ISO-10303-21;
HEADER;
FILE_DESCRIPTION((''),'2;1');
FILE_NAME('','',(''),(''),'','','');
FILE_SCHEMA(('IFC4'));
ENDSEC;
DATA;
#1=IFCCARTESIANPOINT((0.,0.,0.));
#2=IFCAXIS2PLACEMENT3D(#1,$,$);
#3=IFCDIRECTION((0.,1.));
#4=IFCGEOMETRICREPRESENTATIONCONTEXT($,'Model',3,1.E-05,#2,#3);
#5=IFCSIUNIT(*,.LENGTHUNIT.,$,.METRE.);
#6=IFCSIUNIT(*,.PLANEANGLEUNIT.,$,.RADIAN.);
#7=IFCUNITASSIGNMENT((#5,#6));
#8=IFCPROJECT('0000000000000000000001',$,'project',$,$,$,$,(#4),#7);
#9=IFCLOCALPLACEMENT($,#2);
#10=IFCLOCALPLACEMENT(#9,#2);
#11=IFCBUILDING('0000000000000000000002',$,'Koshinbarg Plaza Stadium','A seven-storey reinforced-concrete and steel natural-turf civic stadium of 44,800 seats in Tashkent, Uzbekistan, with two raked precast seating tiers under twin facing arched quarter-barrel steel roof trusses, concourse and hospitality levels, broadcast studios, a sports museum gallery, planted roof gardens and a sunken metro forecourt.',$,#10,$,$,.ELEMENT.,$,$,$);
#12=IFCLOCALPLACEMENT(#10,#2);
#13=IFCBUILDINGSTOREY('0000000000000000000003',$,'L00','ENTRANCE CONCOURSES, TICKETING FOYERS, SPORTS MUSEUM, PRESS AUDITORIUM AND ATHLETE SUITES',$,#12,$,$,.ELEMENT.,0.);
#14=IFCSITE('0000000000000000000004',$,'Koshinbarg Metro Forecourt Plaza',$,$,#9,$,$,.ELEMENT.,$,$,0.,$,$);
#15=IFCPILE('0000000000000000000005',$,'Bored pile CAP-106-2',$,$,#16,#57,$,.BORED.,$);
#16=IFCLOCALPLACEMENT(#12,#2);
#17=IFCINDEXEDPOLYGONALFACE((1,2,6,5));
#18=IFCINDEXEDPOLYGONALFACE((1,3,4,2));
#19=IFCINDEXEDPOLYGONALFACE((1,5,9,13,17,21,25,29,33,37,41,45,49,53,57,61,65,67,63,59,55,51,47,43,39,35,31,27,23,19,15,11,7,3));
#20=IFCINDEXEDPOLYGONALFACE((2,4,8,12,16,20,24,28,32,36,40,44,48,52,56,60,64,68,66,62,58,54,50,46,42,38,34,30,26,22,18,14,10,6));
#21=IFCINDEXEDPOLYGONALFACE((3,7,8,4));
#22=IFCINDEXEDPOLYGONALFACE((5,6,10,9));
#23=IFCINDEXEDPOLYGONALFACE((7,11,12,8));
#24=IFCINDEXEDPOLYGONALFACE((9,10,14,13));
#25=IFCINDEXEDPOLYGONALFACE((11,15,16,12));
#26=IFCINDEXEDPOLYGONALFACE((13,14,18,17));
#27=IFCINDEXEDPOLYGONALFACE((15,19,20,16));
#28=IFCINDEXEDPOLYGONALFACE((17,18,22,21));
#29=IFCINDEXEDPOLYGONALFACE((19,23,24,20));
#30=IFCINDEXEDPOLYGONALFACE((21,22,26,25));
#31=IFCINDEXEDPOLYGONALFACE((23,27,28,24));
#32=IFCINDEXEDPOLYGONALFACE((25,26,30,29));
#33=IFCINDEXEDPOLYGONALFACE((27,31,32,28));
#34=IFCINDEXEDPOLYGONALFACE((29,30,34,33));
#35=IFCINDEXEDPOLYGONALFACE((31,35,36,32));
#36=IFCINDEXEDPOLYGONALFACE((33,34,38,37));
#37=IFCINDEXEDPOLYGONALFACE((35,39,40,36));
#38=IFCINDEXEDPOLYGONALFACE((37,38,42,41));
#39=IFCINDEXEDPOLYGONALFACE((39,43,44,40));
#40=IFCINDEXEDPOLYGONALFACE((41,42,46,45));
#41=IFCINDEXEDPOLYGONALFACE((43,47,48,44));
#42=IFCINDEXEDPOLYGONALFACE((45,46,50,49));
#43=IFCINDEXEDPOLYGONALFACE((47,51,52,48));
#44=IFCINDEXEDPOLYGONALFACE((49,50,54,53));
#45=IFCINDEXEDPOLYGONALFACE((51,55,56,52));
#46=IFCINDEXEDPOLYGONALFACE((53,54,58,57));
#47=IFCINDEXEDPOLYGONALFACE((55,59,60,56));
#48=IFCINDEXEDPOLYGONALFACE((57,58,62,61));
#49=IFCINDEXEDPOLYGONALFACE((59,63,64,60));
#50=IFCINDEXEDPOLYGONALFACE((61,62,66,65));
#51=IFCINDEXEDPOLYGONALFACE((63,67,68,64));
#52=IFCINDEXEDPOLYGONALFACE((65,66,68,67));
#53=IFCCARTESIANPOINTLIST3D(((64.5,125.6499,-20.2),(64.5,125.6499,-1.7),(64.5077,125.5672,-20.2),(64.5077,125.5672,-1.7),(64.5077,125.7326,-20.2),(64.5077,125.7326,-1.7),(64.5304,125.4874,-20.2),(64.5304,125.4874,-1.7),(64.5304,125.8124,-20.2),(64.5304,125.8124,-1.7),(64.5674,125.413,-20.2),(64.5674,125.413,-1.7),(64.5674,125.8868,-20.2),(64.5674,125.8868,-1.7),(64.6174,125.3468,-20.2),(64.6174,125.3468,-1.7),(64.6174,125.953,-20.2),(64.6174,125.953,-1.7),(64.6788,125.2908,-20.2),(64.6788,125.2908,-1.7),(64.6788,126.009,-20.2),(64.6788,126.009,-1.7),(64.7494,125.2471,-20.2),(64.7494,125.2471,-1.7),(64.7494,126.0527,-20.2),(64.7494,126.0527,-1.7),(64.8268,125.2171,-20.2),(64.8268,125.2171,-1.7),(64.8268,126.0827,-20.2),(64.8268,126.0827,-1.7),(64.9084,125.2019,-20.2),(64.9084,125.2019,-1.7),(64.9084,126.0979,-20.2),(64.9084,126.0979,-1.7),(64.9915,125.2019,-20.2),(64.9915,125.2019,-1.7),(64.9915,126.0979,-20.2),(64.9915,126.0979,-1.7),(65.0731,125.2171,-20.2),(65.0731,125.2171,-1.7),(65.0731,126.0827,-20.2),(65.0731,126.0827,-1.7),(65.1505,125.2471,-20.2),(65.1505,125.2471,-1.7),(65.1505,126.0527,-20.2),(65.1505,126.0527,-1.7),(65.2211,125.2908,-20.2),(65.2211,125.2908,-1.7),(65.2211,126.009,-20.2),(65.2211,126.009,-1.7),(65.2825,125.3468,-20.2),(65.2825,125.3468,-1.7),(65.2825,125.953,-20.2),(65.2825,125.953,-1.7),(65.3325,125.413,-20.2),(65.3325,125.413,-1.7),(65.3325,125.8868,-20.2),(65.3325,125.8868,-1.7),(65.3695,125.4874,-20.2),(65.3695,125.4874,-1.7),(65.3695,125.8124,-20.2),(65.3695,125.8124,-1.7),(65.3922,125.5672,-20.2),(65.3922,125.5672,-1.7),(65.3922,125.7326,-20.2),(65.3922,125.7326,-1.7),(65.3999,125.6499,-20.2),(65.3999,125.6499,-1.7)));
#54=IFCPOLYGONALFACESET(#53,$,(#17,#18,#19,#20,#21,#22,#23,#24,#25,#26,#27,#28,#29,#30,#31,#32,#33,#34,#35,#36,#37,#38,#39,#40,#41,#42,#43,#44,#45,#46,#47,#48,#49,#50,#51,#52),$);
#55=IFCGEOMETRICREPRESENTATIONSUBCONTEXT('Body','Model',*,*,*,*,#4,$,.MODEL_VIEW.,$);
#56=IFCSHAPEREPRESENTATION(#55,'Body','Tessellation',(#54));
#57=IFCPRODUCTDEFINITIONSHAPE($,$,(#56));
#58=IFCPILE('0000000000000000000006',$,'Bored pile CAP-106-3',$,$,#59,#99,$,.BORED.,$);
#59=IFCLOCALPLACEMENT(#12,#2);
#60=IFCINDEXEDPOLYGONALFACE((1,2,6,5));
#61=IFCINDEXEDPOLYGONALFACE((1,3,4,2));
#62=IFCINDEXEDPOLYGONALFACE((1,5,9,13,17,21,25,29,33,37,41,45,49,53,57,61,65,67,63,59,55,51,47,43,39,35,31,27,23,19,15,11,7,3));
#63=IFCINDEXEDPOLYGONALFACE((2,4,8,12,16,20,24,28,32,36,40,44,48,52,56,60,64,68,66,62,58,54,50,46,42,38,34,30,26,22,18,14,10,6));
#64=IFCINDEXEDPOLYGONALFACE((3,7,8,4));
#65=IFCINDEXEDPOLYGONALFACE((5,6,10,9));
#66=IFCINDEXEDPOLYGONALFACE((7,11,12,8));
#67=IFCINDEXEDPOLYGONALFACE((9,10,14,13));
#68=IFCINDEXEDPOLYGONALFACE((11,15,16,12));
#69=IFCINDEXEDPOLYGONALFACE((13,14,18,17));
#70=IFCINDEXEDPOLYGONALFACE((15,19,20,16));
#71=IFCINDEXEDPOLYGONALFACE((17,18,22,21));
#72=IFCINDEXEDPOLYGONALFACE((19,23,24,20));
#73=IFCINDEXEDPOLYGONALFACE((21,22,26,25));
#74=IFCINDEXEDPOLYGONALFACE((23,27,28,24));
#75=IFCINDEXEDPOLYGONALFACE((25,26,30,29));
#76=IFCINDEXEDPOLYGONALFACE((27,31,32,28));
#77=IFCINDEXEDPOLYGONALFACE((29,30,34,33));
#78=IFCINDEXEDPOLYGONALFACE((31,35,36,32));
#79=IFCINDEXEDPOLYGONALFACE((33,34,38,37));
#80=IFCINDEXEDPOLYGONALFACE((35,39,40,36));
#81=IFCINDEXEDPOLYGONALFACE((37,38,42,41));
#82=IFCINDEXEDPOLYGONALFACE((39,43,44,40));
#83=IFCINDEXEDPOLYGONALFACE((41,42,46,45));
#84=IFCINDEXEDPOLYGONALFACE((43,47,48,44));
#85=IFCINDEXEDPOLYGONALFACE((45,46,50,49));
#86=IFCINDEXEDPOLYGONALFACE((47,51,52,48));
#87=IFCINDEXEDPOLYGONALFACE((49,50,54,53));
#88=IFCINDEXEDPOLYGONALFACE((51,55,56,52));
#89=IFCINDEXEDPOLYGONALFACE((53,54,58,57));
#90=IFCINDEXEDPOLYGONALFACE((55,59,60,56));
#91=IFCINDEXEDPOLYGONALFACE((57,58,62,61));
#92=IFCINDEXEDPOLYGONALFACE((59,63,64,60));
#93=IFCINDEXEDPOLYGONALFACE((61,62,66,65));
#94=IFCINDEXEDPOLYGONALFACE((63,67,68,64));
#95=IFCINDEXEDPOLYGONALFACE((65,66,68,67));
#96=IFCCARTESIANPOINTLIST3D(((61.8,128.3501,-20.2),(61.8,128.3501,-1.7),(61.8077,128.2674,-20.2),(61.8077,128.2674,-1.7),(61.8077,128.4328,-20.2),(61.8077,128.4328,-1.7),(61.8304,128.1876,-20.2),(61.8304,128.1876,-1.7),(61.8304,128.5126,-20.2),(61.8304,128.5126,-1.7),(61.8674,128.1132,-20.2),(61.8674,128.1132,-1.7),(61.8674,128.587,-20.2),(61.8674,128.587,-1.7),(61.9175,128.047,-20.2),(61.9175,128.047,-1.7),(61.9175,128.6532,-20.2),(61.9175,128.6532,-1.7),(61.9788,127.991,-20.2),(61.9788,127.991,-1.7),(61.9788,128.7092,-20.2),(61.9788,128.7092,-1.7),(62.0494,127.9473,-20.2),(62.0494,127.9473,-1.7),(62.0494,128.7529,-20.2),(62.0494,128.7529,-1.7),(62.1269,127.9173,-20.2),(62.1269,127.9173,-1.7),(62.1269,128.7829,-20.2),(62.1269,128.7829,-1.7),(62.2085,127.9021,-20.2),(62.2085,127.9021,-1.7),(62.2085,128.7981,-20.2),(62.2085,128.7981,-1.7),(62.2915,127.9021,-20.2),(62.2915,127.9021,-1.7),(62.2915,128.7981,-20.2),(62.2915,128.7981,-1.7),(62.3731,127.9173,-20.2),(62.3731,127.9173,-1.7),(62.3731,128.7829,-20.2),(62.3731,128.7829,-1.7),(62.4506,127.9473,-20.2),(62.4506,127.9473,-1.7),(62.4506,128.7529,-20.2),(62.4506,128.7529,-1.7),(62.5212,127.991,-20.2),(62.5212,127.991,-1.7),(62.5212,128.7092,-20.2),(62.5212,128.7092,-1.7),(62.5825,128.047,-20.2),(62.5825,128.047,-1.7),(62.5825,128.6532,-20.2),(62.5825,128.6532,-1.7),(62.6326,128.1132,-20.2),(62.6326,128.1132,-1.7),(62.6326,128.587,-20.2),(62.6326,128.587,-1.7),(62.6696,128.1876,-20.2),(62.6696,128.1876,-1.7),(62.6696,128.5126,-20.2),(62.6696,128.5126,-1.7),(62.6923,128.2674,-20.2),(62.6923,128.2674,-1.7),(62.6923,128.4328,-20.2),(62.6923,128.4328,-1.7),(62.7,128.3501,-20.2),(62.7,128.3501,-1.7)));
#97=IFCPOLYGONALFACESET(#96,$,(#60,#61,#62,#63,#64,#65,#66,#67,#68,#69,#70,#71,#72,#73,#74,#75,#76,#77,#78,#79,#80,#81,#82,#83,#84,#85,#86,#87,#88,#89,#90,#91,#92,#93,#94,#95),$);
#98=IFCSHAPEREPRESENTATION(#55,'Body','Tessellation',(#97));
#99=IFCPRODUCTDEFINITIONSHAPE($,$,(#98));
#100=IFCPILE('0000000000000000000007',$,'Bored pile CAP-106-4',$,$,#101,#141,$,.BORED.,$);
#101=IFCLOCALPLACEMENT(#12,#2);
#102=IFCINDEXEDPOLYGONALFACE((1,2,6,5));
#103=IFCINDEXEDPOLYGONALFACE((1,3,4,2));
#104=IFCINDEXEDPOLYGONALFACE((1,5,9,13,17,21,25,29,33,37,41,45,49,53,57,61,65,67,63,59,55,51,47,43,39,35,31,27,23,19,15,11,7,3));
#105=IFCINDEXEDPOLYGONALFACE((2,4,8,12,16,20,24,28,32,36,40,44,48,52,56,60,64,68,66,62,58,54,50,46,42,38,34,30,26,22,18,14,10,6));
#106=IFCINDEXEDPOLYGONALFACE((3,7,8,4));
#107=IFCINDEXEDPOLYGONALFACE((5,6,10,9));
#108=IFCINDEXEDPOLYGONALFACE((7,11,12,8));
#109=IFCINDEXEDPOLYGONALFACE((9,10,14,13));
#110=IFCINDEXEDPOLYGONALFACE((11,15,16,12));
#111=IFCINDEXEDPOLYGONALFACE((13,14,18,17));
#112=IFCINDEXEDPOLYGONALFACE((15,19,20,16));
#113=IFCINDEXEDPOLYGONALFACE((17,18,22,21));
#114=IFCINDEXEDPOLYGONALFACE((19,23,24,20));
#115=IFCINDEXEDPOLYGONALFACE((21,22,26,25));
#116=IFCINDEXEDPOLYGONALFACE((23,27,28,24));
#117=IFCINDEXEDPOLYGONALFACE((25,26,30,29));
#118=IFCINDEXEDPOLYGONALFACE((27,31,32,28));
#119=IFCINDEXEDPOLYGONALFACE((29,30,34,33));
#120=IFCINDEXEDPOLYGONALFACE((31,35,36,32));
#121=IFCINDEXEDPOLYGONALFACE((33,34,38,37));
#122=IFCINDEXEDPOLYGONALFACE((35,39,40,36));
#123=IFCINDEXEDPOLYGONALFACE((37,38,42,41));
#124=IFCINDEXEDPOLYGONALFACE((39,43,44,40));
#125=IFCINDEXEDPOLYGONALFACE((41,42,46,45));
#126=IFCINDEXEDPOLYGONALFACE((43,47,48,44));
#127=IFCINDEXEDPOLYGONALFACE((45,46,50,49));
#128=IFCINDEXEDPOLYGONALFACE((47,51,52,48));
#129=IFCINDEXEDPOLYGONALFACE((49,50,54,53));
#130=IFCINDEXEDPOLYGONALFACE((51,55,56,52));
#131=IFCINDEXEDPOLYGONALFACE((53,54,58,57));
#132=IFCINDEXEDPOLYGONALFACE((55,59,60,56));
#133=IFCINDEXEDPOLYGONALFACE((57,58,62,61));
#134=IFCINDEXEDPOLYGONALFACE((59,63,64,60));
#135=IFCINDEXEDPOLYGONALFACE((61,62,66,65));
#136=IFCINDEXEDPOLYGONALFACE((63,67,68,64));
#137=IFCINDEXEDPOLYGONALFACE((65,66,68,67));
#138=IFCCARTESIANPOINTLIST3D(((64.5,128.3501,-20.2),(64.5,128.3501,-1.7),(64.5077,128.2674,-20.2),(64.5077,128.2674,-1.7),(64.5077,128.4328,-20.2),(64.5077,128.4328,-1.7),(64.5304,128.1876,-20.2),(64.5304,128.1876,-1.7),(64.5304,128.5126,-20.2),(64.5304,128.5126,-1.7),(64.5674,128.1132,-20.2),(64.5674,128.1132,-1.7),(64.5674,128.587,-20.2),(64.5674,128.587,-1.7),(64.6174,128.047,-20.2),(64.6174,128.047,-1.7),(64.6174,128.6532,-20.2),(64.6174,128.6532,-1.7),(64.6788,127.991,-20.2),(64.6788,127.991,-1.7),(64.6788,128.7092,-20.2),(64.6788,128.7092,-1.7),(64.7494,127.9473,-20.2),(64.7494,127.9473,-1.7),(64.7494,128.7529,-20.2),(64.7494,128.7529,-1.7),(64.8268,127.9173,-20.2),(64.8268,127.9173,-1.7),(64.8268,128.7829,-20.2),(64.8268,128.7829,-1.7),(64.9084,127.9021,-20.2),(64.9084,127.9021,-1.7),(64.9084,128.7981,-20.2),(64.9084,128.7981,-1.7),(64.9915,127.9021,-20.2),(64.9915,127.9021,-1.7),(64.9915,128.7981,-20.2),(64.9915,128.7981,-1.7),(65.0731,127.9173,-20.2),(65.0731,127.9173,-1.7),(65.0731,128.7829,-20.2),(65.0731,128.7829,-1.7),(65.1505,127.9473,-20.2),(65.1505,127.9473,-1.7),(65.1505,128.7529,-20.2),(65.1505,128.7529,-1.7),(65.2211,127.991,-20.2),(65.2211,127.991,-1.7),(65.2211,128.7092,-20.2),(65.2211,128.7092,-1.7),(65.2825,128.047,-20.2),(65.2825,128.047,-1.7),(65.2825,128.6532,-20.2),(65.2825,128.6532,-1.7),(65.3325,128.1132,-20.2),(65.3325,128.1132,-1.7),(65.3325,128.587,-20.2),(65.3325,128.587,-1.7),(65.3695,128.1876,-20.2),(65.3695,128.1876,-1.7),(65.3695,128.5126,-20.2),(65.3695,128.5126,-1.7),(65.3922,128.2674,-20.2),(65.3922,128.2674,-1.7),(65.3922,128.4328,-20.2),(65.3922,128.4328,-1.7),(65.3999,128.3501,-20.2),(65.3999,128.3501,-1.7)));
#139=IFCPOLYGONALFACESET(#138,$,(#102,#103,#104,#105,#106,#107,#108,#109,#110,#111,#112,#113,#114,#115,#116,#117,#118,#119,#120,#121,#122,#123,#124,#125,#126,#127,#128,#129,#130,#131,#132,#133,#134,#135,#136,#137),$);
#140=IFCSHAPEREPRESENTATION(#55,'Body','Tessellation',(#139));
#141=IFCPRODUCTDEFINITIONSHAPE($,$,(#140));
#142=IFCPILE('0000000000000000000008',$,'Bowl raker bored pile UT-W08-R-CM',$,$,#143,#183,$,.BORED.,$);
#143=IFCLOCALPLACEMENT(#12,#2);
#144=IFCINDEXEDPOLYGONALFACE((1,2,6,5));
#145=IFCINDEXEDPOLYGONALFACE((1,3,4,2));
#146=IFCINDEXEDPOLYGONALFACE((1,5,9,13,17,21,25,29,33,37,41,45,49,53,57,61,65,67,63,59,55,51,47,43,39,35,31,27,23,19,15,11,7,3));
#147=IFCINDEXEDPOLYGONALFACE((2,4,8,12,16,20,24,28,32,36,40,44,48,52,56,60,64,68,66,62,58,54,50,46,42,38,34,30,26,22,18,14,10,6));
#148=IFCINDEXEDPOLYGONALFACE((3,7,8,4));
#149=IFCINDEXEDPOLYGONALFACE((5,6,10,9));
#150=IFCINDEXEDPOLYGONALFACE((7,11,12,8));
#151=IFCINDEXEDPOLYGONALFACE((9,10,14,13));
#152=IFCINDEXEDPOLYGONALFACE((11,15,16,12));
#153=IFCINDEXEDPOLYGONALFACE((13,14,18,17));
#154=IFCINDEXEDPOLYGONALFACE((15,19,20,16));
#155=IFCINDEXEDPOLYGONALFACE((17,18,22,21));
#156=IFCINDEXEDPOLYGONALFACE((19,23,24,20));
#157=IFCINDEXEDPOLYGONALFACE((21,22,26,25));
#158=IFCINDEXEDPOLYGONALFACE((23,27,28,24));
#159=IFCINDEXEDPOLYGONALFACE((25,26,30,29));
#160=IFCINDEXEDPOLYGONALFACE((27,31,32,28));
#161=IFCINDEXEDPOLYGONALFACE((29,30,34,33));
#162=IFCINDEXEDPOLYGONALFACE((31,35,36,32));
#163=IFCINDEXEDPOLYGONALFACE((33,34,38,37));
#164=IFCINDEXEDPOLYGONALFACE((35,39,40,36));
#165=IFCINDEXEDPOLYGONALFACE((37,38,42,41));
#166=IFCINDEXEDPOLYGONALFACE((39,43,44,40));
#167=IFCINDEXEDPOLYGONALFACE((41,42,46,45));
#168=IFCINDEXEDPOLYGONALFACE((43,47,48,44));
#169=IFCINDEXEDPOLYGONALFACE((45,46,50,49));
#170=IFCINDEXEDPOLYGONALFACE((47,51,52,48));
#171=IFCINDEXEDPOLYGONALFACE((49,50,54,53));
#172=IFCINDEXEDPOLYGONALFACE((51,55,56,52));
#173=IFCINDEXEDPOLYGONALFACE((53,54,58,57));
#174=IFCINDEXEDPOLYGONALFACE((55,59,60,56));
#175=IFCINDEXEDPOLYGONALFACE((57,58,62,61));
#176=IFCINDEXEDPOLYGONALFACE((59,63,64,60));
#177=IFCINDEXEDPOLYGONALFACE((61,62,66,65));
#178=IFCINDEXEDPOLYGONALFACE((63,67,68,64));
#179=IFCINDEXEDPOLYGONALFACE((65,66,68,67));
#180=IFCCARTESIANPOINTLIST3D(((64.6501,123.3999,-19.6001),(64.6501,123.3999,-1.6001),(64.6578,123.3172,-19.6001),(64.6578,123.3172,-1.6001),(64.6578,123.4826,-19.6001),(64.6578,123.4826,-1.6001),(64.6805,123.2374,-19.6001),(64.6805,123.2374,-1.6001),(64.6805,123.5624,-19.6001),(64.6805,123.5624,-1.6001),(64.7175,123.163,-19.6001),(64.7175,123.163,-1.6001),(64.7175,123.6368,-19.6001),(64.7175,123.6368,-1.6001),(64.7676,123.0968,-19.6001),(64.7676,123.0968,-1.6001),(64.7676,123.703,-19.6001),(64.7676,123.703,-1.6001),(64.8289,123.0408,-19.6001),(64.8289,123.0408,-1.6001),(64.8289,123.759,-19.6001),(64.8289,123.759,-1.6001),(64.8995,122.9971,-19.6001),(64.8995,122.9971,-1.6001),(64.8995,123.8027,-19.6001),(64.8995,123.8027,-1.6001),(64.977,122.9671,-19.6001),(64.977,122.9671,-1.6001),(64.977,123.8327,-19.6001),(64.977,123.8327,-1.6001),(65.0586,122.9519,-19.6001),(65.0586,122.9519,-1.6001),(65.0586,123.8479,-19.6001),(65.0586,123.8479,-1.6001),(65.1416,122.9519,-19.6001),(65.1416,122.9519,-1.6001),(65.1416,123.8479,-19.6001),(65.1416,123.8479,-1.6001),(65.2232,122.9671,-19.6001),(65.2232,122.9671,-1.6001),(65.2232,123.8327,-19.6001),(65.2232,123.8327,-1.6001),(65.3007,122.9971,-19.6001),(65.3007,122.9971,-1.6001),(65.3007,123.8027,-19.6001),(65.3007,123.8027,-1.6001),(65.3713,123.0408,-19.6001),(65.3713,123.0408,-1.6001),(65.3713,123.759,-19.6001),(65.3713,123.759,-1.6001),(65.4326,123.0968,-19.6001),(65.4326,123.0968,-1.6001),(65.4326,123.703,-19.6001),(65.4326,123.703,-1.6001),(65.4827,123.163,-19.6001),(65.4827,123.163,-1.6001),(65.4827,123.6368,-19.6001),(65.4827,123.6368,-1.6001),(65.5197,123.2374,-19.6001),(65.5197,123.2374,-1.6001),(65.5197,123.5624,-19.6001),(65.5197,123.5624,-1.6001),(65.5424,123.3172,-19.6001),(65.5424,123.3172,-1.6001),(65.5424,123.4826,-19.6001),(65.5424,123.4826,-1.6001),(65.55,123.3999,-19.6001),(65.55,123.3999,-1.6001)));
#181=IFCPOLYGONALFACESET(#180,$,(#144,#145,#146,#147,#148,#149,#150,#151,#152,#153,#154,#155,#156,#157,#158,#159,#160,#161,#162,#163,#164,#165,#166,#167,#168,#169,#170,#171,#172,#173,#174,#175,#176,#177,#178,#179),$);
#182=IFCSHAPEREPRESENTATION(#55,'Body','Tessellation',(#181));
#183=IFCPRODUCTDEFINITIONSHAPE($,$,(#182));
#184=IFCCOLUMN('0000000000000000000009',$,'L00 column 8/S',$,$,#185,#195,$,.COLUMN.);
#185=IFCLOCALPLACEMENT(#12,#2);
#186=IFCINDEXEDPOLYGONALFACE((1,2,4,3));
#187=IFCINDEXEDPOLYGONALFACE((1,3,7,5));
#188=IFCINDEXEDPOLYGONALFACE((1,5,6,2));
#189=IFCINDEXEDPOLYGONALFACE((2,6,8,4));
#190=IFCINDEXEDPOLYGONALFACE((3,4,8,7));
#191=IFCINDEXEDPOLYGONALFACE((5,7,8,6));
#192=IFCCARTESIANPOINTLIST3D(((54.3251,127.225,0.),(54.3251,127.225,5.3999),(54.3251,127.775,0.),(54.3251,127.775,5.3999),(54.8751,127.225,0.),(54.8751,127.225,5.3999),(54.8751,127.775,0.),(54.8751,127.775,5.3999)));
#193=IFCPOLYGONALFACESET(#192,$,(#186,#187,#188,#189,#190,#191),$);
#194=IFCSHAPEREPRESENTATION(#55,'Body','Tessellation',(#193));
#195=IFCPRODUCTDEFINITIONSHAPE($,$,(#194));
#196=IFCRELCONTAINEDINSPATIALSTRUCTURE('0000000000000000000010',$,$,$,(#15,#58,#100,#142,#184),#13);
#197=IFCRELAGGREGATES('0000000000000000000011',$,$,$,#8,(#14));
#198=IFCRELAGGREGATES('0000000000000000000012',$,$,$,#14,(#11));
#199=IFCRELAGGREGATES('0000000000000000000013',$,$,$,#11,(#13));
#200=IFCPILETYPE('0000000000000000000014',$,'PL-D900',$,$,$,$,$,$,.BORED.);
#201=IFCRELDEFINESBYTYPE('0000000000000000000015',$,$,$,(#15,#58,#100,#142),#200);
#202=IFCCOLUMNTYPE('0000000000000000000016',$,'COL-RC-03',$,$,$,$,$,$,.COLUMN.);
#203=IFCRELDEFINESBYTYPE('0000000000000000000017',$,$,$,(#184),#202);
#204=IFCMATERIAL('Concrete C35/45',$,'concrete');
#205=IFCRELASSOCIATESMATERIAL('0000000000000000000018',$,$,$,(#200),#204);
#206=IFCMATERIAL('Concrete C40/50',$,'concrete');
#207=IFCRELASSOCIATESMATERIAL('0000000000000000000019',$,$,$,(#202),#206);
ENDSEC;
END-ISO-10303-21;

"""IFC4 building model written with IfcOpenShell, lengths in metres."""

from ifc_helpers import new_model, si_unit, direction, frame, origin, origin_2d, place, context, subcontext, project, spatial, rectangle, circle, extrude, material, material_profile, profile_set, type_object, element, save


model = new_model("IFC4")

# Units and contexts
model_context = context("Model", 3, precision=1e-05, world=origin(), true_north=direction((0.0, 1.0)))
body_context = subcontext(model_context, "Body", "Model", "MODEL_VIEW")
ifc_project = project(units=[si_unit("LENGTHUNIT", "METRE"), si_unit("PLANEANGLEUNIT", "RADIAN")], contexts=[model_context])

# Site, building, storey
site_placement = place(None, origin())
site = spatial("IfcSite", under=ifc_project, at=site_placement, Name="Koshinbarg Metro Forecourt Plaza", CompositionType="ELEMENT", RefElevation=0.0)
building_placement = place(site_placement, origin())
building = spatial("IfcBuilding", under=site, at=building_placement, Name="Koshinbarg Plaza Stadium", Description="A seven-storey reinforced-concrete and steel natural-turf civic stadium of 44,800 seats in Tashkent, Uzbekistan, with two raked precast seating tiers under twin facing arched quarter-barrel steel roof trusses, concourse and hospitality levels, broadcast studios, a sports museum gallery, planted roof gardens and a sunken metro forecourt.", CompositionType="ELEMENT")
storey_placement = place(building_placement, origin())
storey = spatial("IfcBuildingStorey", under=building, at=storey_placement, Name="L00", Description="ENTRANCE CONCOURSES, TICKETING FOYERS, SPORTS MUSEUM, PRESS AUDITORIUM AND ATHLETE SUITES", CompositionType="ELEMENT", Elevation=0.0)

# Shared definitions
ifc_material_1 = material(Name="Concrete C35/45", Category="concrete")

# Piles
ifc_material_profile_1 = material_profile(ifc_material_1, circle(Radius=0.45, at=origin_2d()), Name="PILE D900")
ifc_profile_set_1 = profile_set([ifc_material_profile_1], Name="Concrete C35/45")
pile_type_1 = type_object("IfcPileType", Name="PL-D900", PredefinedType="BORED", material=ifc_profile_set_1)
for number, where, z_axis, x_axis, name in (
    (1, (64.95, 125.6499, -1.7), (0.0, 0.0, -1.0), (1.0, 0.0, 0.0), "Bored pile CAP-106-2"),
    (2, (62.25, 128.3501, -1.7), (0.0, 0.0, -1.0), (1.0, 0.0, 0.0), "Bored pile CAP-106-3"),
    (3, (64.95, 128.3501, -1.7), (0.0, 0.0, -1.0), (1.0, 0.0, 0.0), "Bored pile CAP-106-4"),
):
    element("IfcPile", number, at=place(storey_placement, frame(where, z_axis=z_axis, x_axis=x_axis)), inside=storey, type_object=pile_type_1, Name=name, PredefinedType="BORED", context=body_context, shape_type="SweptSolid", body=[
        extrude(circle(Radius=0.45, at=origin_2d()), origin(), (0.0, 0.0, 1.0), 18.5),
    ])
pile_1_placement = place(storey_placement, frame((65.1001, 123.3999, -1.6001), z_axis=(0.0, 0.0, -1.0), x_axis=(1.0, 0.0, 0.0)))
element("IfcPile", 4, at=pile_1_placement, inside=storey, type_object=pile_type_1, Name="Bowl raker bored pile UT-W08-R-CM", PredefinedType="BORED", context=body_context, shape_type="SweptSolid", body=[
    extrude(circle(Radius=0.45, at=origin_2d()), origin(), (0.0, 0.0, 1.0), 18.0),
])

# Column
ifc_material_2 = material(Name="Concrete C40/50", Category="concrete")
ifc_material_profile_2 = material_profile(ifc_material_2, rectangle(XDim=0.55, YDim=0.55, at=origin_2d()), Name="RC 550x550")
ifc_profile_set_2 = profile_set([ifc_material_profile_2], Name="Concrete C40/50")
column_type_1 = type_object("IfcColumnType", Name="COL-RC-03", PredefinedType="COLUMN", material=ifc_profile_set_2)
column_1_placement = place(storey_placement, frame((54.6001, 127.5, 0.0), z_axis=(0.0, 0.0, 1.0), x_axis=(1.0, 0.0, 0.0)))
element("IfcColumn", 5, at=column_1_placement, inside=storey, type_object=column_type_1, Name="L00 column 8/S", PredefinedType="COLUMN", context=body_context, shape_type="SweptSolid", body=[
    extrude(rectangle(XDim=0.55, YDim=0.55, at=origin_2d()), origin(), (0.0, 0.0, 1.0), 5.3999),
])

save(model, "model.ifc")
